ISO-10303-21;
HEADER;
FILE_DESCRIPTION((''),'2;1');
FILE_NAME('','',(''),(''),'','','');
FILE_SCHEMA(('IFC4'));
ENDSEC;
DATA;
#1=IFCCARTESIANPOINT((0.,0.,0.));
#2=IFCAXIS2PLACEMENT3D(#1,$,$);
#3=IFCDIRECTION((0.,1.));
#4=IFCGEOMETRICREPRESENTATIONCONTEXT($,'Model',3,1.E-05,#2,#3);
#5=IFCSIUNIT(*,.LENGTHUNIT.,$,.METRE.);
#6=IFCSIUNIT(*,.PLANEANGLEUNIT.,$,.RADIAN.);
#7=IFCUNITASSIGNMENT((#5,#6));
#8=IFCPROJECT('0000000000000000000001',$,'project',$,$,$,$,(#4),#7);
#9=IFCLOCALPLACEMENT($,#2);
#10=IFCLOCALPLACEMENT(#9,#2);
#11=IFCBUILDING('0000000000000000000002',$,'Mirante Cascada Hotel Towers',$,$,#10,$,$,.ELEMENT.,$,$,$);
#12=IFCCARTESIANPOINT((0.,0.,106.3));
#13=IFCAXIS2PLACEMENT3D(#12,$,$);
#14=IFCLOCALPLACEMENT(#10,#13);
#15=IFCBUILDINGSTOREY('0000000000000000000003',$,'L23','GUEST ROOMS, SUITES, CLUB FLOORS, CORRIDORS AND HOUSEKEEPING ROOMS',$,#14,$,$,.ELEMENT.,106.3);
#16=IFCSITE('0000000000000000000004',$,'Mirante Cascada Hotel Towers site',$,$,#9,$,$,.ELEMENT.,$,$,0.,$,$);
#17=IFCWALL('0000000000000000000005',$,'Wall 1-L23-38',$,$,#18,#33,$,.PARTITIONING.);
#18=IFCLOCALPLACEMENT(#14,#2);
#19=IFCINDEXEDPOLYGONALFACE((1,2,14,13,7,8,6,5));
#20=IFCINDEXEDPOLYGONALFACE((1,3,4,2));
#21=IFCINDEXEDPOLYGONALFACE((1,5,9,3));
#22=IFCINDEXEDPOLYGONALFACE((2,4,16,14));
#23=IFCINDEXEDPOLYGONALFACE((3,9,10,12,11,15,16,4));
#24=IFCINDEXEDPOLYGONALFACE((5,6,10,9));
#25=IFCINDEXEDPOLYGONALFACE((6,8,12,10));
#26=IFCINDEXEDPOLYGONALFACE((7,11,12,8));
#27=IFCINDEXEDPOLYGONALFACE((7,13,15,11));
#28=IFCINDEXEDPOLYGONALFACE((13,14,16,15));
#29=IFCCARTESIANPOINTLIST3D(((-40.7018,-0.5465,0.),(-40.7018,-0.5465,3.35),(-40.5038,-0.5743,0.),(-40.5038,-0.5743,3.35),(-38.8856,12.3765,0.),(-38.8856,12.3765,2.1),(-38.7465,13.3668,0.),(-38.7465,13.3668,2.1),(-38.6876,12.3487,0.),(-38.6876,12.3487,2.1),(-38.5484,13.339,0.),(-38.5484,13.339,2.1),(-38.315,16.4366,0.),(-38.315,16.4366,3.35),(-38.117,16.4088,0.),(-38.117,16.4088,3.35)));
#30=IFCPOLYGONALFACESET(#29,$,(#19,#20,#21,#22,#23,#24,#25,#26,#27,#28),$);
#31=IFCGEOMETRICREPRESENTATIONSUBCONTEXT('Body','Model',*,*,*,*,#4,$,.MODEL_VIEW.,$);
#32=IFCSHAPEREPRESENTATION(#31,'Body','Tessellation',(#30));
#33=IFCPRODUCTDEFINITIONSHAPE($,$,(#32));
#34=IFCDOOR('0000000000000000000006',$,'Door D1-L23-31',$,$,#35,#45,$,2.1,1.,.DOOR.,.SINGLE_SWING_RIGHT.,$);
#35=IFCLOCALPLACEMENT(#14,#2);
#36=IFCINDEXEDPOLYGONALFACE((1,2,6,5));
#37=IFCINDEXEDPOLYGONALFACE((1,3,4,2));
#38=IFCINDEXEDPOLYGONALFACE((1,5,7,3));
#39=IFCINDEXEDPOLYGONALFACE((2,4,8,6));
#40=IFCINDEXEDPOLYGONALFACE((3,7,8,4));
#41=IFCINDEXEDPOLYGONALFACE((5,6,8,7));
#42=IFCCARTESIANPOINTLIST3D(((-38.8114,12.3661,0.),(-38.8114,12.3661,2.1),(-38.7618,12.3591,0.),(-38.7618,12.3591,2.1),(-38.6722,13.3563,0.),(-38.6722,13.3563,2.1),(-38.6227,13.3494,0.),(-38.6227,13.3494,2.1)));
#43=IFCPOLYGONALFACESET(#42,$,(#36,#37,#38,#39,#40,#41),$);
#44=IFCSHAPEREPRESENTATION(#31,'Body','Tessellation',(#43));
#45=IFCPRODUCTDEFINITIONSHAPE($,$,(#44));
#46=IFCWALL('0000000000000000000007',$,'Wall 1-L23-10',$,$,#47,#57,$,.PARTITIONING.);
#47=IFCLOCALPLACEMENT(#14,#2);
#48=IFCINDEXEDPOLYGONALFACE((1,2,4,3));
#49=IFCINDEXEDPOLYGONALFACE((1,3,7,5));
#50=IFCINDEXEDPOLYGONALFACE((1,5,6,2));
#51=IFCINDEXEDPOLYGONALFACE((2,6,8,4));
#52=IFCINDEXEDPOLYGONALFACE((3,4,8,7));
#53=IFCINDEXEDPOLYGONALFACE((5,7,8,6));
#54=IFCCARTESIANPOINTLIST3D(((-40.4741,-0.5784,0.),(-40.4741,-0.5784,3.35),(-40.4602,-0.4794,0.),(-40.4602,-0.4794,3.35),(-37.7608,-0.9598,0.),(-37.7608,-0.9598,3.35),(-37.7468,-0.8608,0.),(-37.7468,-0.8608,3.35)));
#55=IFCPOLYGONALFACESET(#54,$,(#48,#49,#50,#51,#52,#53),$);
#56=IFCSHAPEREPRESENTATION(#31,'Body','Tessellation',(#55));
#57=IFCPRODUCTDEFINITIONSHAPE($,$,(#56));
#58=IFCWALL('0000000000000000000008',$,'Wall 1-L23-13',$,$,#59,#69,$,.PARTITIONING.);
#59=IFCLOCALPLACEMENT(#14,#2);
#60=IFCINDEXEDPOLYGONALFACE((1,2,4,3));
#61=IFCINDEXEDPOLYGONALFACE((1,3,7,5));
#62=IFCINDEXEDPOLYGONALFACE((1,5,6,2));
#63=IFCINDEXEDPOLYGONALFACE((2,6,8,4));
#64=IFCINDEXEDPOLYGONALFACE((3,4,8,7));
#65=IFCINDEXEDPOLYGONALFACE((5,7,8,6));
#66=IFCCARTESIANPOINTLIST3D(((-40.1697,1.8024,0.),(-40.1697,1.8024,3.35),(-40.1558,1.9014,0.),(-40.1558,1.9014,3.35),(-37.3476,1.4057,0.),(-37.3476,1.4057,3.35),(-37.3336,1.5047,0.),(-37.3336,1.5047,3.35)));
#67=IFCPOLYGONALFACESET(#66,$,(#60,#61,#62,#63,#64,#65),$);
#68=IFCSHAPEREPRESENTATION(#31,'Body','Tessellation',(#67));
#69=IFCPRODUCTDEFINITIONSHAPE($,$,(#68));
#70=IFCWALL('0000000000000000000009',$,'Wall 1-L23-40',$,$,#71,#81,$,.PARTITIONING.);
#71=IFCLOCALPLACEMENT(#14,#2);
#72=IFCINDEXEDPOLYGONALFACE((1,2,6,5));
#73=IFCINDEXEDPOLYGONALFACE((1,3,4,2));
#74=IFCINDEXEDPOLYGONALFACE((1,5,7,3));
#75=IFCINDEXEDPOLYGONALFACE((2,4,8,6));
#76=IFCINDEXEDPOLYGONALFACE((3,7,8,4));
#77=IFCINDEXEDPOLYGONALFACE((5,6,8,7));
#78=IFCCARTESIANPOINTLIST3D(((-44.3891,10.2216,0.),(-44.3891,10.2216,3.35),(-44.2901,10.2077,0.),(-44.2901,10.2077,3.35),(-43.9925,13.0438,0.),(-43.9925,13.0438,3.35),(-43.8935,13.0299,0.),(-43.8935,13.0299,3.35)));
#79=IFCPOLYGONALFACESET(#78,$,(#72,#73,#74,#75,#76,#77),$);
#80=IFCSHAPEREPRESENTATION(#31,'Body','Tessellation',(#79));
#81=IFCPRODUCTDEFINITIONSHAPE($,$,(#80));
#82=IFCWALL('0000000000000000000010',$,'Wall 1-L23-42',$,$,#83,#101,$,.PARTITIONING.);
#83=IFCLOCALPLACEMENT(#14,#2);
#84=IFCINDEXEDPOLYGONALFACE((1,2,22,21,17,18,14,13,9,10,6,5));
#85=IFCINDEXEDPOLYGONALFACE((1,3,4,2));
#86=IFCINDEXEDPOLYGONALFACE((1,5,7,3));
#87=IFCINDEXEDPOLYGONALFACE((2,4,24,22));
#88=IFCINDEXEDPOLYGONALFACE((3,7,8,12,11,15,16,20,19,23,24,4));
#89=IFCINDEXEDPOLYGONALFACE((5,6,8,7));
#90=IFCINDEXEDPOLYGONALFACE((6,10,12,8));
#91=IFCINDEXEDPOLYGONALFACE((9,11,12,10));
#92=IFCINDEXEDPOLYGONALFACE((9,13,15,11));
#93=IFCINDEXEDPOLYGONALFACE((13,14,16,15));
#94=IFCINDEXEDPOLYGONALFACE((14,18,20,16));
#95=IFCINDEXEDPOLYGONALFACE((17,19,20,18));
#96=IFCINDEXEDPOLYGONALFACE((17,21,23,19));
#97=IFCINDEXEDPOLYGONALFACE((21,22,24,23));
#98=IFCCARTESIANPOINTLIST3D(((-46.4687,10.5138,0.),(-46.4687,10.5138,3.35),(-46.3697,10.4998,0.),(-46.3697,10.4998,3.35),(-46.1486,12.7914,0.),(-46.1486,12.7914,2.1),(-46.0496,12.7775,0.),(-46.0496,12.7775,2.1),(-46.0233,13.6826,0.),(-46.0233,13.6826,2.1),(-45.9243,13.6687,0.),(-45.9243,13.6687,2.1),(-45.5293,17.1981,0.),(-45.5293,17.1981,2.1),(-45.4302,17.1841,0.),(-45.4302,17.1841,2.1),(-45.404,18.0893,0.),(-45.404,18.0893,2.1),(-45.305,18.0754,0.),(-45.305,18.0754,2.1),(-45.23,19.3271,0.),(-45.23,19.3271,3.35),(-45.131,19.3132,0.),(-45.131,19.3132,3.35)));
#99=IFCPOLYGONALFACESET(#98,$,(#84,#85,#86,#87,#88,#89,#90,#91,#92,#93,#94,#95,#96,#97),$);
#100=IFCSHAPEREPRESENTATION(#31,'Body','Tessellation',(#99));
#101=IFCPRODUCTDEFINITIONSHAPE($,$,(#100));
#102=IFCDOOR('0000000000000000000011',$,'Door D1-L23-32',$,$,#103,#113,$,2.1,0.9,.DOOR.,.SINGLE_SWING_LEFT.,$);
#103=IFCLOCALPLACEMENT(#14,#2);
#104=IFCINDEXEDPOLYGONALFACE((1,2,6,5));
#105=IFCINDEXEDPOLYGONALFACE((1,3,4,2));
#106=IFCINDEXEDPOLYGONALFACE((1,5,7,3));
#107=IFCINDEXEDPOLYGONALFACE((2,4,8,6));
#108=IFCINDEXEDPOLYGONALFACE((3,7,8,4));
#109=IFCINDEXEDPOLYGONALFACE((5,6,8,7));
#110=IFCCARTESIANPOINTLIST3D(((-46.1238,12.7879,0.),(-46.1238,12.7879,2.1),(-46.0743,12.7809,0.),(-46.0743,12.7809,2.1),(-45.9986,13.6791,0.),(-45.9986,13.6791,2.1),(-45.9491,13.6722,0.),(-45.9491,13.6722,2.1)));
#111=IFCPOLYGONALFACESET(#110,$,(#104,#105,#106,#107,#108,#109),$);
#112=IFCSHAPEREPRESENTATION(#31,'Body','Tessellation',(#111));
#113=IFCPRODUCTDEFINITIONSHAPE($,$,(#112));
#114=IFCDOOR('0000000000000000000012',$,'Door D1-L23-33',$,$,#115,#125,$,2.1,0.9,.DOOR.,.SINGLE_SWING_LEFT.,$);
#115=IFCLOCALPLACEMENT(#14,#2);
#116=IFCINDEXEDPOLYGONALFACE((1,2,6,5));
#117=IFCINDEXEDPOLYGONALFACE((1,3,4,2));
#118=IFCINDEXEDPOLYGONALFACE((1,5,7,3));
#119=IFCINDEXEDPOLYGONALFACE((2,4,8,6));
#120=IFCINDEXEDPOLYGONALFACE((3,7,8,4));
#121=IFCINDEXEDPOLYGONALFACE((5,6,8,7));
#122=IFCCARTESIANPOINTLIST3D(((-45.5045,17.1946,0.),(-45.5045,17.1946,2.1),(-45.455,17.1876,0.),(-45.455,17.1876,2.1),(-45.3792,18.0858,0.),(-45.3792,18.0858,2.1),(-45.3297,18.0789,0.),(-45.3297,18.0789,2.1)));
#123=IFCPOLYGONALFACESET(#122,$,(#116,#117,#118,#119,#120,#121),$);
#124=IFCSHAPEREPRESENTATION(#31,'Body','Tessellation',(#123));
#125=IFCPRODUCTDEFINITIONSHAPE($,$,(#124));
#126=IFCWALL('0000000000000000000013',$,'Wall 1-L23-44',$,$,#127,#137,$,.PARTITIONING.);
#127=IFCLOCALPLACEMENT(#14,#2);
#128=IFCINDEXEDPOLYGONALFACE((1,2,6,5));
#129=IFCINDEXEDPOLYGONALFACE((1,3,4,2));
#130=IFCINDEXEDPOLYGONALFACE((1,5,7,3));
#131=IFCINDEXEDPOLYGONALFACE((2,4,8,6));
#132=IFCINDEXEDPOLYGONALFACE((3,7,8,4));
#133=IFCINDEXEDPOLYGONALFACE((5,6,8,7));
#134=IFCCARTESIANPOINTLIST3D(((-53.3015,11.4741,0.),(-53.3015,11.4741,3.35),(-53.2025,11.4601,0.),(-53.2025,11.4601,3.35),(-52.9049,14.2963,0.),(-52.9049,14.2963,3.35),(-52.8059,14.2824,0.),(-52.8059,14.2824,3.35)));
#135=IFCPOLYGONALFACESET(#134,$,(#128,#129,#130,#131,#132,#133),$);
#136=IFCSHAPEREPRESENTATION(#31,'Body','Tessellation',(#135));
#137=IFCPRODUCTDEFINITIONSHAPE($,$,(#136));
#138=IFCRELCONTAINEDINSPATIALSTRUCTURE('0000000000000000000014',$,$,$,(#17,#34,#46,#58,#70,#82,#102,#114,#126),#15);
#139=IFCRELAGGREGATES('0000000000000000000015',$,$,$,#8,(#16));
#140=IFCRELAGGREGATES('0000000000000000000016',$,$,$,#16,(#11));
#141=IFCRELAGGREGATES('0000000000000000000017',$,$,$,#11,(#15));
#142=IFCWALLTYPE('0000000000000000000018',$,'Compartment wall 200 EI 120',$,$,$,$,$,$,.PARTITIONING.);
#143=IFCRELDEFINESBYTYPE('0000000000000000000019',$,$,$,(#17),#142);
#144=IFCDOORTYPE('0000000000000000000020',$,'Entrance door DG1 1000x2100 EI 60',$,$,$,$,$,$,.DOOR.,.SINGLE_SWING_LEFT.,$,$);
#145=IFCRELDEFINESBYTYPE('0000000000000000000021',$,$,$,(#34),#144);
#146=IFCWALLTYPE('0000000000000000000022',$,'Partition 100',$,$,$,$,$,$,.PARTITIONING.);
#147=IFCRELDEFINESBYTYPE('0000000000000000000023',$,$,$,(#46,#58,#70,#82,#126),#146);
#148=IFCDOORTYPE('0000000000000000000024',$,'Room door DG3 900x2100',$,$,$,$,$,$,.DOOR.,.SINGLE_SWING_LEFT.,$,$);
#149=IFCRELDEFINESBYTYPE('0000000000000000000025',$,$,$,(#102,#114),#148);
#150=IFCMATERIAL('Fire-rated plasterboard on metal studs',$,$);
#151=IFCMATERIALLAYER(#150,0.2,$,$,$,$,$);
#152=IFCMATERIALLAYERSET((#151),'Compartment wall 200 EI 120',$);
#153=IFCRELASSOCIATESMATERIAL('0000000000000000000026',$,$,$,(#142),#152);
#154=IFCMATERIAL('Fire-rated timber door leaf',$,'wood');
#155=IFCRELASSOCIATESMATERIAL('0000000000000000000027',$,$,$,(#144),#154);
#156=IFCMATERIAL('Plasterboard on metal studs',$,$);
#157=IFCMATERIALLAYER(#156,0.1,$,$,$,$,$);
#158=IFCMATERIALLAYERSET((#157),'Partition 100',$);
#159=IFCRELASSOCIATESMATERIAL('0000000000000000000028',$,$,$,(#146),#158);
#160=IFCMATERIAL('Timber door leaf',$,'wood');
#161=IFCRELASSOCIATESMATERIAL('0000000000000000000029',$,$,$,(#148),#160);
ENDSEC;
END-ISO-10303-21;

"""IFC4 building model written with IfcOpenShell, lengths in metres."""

from ifc_helpers import new_model, si_unit, direction, frame, frame_2d, origin, place, context, subcontext, project, spatial, rectangle, extrude, material, layer, layer_set, type_object, element, fill, save


model = new_model("IFC4")

# Units and contexts
model_context = context("Model", 3, precision=1e-05, world=origin(), true_north=direction((0.0, 1.0)))
body_context = subcontext(model_context, "Body", "Model", "MODEL_VIEW")
ifc_project = project(units=[si_unit("LENGTHUNIT", "METRE"), si_unit("PLANEANGLEUNIT", "RADIAN")], contexts=[model_context])

# Site, building, storey
site_placement = place(None, origin())
site = spatial("IfcSite", under=ifc_project, at=site_placement, Name="Mirante Cascada Hotel Towers site", CompositionType="ELEMENT", RefElevation=0.0)
building_placement = place(site_placement, origin())
building = spatial("IfcBuilding", under=site, at=building_placement, Name="Mirante Cascada Hotel Towers", CompositionType="ELEMENT")
storey_placement = place(building_placement, frame((0.0, 0.0, 106.3)))
storey = spatial("IfcBuildingStorey", under=building, at=storey_placement, Name="L23", Description="GUEST ROOMS, SUITES, CLUB FLOORS, CORRIDORS AND HOUSEKEEPING ROOMS", CompositionType="ELEMENT", Elevation=106.3)

# Shared definitions
ifc_material_1 = material(Name="Fire-rated plasterboard on metal studs")
ifc_layer_1 = layer(ifc_material_1, 0.2)
ifc_layer_set_1 = layer_set([ifc_layer_1], Name="Compartment wall 200 EI 120")
wall_type_1 = type_object("IfcWallType", Name="Compartment wall 200 EI 120", PredefinedType="PARTITIONING", material=ifc_layer_set_1)
ifc_material_2 = material(Name="Fire-rated timber door leaf", Category="wood")
door_type_1 = type_object("IfcDoorType", Name="Entrance door DG1 1000x2100 EI 60", OperationType="SINGLE_SWING_LEFT", PredefinedType="DOOR", material=ifc_material_2)

# Wall, opening, door
wall_1_placement = place(storey_placement, frame((-40.6028, -0.5604, 0.0), z_axis=(0.0, 0.0, 1.0), x_axis=(0.139172, 0.990268, 0.0)))
wall_1 = element("IfcWall", 1, at=wall_1_placement, inside=storey, type_object=wall_type_1, Name="Wall 1-L23-38", PredefinedType="PARTITIONING", context=body_context, shape_type="SweptSolid", body=[
    extrude(rectangle(XDim=17.15, YDim=0.2, at=frame_2d((8.575, 0.0))), origin(), (0.0, 0.0, 1.0), 3.35),
])
opening_1_placement = place(wall_1_placement, frame((13.05, 0.0, 0.0)))
opening_1 = element("IfcOpeningElement", 2, at=opening_1_placement, cuts=wall_1, PredefinedType="OPENING", context=body_context, shape_type="SweptSolid", body=[
    extrude(rectangle(XDim=1.0, YDim=2.1, at=frame_2d((0.5, 1.05))), frame((0.0, 0.1, 0.0), z_axis=(0.0, -1.0, 0.0), x_axis=(1.0, 0.0, 0.0)), (0.0, 0.0, 1.0), 0.2),
])
door_1_placement = place(opening_1_placement, frame((1.0, 0.0, 0.0), z_axis=(0.0, 0.0, 1.0), x_axis=(-1.0, 0.0, 0.0)))
door_1 = element("IfcDoor", 3, at=door_1_placement, inside=storey, type_object=door_type_1, Name="Door D1-L23-31", OperationType="SINGLE_SWING_RIGHT", OverallHeight=2.1, OverallWidth=1.0, PredefinedType="DOOR", context=body_context, shape_type="SweptSolid", body=[
    extrude(rectangle(XDim=1.0, YDim=2.1, at=frame_2d((0.5, 1.05))), frame((0.0, 0.025, 0.0), z_axis=(0.0, -1.0, 0.0), x_axis=(1.0, 0.0, 0.0)), (0.0, 0.0, 1.0), 0.05),
])
fill(opening_1, door_1)

# Walls
ifc_material_3 = material(Name="Plasterboard on metal studs")
ifc_layer_2 = layer(ifc_material_3, 0.1)
ifc_layer_set_2 = layer_set([ifc_layer_2], Name="Partition 100")
wall_type_2 = type_object("IfcWallType", Name="Partition 100", PredefinedType="PARTITIONING", material=ifc_layer_set_2)
wall_2_placement = place(storey_placement, frame((-37.7538, -0.9103, 0.0), z_axis=(0.0, 0.0, 1.0), x_axis=(-0.990264, 0.139198, 0.0)))
element("IfcWall", 4, at=wall_2_placement, inside=storey, type_object=wall_type_2, Name="Wall 1-L23-10", PredefinedType="PARTITIONING", context=body_context, shape_type="SweptSolid", body=[
    extrude(rectangle(XDim=2.74, YDim=0.1, at=frame_2d((1.37, 0.0))), origin(), (0.0, 0.0, 1.0), 3.35),
])
for number, where, z_axis, x_axis, name in (
    (5, (-40.1628, 1.8519, 0.0), (0.0, 0.0, 1.0), (0.990265, -0.139196, 0.0), "Wall 1-L23-13"),
    (6, (-44.3396, 10.2146, 0.0), (0.0, 0.0, 1.0), (0.139161, 0.99027, 0.0), "Wall 1-L23-40"),
):
    element("IfcWall", number, at=place(storey_placement, frame(where, z_axis=z_axis, x_axis=x_axis)), inside=storey, type_object=wall_type_2, Name=name, PredefinedType="PARTITIONING", context=body_context, shape_type="SweptSolid", body=[
        extrude(rectangle(XDim=2.8499, YDim=0.1, at=frame_2d((1.425, 0.0))), origin(), (0.0, 0.0, 1.0), 3.35),
    ])

# Wall, openings, doors
wall_3_placement = place(storey_placement, frame((-46.4192, 10.5068, 0.0), z_axis=(0.0, 0.0, 1.0), x_axis=(0.139179, 0.990267, 0.0)))
wall_3 = element("IfcWall", 7, at=wall_3_placement, inside=storey, type_object=wall_type_2, Name="Wall 1-L23-42", PredefinedType="PARTITIONING", context=body_context, shape_type="SweptSolid", body=[
    extrude(rectangle(XDim=8.9, YDim=0.1, at=frame_2d((4.45, 0.0))), origin(), (0.0, 0.0, 1.0), 3.35),
])
opening_2_placement = place(wall_3_placement, frame((2.3, 0.0, 0.0)))
opening_2 = element("IfcOpeningElement", 8, at=opening_2_placement, cuts=wall_3, PredefinedType="OPENING", context=body_context, shape_type="SweptSolid", body=[
    extrude(rectangle(XDim=0.9, YDim=2.1, at=frame_2d((0.45, 1.05))), frame((0.0, 0.05, 0.0), z_axis=(0.0, -1.0, 0.0), x_axis=(1.0, 0.0, 0.0)), (0.0, 0.0, 1.0), 0.1),
])
opening_3_placement = place(wall_3_placement, frame((6.75, 0.0, 0.0)))
opening_3 = element("IfcOpeningElement", 9, at=opening_3_placement, cuts=wall_3, PredefinedType="OPENING", context=body_context, shape_type="SweptSolid", body=[
    extrude(rectangle(XDim=0.9, YDim=2.1, at=frame_2d((0.45, 1.05))), frame((0.0, 0.05, 0.0), z_axis=(0.0, -1.0, 0.0), x_axis=(1.0, 0.0, 0.0)), (0.0, 0.0, 1.0), 0.1),
])
ifc_material_4 = material(Name="Timber door leaf", Category="wood")
door_type_2 = type_object("IfcDoorType", Name="Room door DG3 900x2100", OperationType="SINGLE_SWING_LEFT", PredefinedType="DOOR", material=ifc_material_4)
door_2_placement = place(opening_2_placement, origin())
door_2 = element("IfcDoor", 10, at=door_2_placement, inside=storey, type_object=door_type_2, Name="Door D1-L23-32", OperationType="SINGLE_SWING_LEFT", OverallHeight=2.1, OverallWidth=0.9, PredefinedType="DOOR", context=body_context, shape_type="SweptSolid", body=[
    extrude(rectangle(XDim=0.9, YDim=2.1, at=frame_2d((0.45, 1.05))), frame((0.0, 0.025, 0.0), z_axis=(0.0, -1.0, 0.0), x_axis=(1.0, 0.0, 0.0)), (0.0, 0.0, 1.0), 0.05),
])
fill(opening_2, door_2)
door_3_placement = place(opening_3_placement, origin())
door_3 = element("IfcDoor", 11, at=door_3_placement, inside=storey, type_object=door_type_2, Name="Door D1-L23-33", OperationType="SINGLE_SWING_LEFT", OverallHeight=2.1, OverallWidth=0.9, PredefinedType="DOOR", context=body_context, shape_type="SweptSolid", body=[
    extrude(rectangle(XDim=0.9, YDim=2.1, at=frame_2d((0.45, 1.05))), frame((0.0, 0.025, 0.0), z_axis=(0.0, -1.0, 0.0), x_axis=(1.0, 0.0, 0.0)), (0.0, 0.0, 1.0), 0.05),
])
fill(opening_3, door_3)

# Wall
wall_4_placement = place(storey_placement, frame((-53.252, 11.4671, 0.0), z_axis=(0.0, 0.0, 1.0), x_axis=(0.139156, 0.99027, 0.0)))
element("IfcWall", 12, at=wall_4_placement, inside=storey, type_object=wall_type_2, Name="Wall 1-L23-44", PredefinedType="PARTITIONING", context=body_context, shape_type="SweptSolid", body=[
    extrude(rectangle(XDim=2.85, YDim=0.1, at=frame_2d((1.425, 0.0))), origin(), (0.0, 0.0, 1.0), 3.35),
])

save(model, "model.ifc")
